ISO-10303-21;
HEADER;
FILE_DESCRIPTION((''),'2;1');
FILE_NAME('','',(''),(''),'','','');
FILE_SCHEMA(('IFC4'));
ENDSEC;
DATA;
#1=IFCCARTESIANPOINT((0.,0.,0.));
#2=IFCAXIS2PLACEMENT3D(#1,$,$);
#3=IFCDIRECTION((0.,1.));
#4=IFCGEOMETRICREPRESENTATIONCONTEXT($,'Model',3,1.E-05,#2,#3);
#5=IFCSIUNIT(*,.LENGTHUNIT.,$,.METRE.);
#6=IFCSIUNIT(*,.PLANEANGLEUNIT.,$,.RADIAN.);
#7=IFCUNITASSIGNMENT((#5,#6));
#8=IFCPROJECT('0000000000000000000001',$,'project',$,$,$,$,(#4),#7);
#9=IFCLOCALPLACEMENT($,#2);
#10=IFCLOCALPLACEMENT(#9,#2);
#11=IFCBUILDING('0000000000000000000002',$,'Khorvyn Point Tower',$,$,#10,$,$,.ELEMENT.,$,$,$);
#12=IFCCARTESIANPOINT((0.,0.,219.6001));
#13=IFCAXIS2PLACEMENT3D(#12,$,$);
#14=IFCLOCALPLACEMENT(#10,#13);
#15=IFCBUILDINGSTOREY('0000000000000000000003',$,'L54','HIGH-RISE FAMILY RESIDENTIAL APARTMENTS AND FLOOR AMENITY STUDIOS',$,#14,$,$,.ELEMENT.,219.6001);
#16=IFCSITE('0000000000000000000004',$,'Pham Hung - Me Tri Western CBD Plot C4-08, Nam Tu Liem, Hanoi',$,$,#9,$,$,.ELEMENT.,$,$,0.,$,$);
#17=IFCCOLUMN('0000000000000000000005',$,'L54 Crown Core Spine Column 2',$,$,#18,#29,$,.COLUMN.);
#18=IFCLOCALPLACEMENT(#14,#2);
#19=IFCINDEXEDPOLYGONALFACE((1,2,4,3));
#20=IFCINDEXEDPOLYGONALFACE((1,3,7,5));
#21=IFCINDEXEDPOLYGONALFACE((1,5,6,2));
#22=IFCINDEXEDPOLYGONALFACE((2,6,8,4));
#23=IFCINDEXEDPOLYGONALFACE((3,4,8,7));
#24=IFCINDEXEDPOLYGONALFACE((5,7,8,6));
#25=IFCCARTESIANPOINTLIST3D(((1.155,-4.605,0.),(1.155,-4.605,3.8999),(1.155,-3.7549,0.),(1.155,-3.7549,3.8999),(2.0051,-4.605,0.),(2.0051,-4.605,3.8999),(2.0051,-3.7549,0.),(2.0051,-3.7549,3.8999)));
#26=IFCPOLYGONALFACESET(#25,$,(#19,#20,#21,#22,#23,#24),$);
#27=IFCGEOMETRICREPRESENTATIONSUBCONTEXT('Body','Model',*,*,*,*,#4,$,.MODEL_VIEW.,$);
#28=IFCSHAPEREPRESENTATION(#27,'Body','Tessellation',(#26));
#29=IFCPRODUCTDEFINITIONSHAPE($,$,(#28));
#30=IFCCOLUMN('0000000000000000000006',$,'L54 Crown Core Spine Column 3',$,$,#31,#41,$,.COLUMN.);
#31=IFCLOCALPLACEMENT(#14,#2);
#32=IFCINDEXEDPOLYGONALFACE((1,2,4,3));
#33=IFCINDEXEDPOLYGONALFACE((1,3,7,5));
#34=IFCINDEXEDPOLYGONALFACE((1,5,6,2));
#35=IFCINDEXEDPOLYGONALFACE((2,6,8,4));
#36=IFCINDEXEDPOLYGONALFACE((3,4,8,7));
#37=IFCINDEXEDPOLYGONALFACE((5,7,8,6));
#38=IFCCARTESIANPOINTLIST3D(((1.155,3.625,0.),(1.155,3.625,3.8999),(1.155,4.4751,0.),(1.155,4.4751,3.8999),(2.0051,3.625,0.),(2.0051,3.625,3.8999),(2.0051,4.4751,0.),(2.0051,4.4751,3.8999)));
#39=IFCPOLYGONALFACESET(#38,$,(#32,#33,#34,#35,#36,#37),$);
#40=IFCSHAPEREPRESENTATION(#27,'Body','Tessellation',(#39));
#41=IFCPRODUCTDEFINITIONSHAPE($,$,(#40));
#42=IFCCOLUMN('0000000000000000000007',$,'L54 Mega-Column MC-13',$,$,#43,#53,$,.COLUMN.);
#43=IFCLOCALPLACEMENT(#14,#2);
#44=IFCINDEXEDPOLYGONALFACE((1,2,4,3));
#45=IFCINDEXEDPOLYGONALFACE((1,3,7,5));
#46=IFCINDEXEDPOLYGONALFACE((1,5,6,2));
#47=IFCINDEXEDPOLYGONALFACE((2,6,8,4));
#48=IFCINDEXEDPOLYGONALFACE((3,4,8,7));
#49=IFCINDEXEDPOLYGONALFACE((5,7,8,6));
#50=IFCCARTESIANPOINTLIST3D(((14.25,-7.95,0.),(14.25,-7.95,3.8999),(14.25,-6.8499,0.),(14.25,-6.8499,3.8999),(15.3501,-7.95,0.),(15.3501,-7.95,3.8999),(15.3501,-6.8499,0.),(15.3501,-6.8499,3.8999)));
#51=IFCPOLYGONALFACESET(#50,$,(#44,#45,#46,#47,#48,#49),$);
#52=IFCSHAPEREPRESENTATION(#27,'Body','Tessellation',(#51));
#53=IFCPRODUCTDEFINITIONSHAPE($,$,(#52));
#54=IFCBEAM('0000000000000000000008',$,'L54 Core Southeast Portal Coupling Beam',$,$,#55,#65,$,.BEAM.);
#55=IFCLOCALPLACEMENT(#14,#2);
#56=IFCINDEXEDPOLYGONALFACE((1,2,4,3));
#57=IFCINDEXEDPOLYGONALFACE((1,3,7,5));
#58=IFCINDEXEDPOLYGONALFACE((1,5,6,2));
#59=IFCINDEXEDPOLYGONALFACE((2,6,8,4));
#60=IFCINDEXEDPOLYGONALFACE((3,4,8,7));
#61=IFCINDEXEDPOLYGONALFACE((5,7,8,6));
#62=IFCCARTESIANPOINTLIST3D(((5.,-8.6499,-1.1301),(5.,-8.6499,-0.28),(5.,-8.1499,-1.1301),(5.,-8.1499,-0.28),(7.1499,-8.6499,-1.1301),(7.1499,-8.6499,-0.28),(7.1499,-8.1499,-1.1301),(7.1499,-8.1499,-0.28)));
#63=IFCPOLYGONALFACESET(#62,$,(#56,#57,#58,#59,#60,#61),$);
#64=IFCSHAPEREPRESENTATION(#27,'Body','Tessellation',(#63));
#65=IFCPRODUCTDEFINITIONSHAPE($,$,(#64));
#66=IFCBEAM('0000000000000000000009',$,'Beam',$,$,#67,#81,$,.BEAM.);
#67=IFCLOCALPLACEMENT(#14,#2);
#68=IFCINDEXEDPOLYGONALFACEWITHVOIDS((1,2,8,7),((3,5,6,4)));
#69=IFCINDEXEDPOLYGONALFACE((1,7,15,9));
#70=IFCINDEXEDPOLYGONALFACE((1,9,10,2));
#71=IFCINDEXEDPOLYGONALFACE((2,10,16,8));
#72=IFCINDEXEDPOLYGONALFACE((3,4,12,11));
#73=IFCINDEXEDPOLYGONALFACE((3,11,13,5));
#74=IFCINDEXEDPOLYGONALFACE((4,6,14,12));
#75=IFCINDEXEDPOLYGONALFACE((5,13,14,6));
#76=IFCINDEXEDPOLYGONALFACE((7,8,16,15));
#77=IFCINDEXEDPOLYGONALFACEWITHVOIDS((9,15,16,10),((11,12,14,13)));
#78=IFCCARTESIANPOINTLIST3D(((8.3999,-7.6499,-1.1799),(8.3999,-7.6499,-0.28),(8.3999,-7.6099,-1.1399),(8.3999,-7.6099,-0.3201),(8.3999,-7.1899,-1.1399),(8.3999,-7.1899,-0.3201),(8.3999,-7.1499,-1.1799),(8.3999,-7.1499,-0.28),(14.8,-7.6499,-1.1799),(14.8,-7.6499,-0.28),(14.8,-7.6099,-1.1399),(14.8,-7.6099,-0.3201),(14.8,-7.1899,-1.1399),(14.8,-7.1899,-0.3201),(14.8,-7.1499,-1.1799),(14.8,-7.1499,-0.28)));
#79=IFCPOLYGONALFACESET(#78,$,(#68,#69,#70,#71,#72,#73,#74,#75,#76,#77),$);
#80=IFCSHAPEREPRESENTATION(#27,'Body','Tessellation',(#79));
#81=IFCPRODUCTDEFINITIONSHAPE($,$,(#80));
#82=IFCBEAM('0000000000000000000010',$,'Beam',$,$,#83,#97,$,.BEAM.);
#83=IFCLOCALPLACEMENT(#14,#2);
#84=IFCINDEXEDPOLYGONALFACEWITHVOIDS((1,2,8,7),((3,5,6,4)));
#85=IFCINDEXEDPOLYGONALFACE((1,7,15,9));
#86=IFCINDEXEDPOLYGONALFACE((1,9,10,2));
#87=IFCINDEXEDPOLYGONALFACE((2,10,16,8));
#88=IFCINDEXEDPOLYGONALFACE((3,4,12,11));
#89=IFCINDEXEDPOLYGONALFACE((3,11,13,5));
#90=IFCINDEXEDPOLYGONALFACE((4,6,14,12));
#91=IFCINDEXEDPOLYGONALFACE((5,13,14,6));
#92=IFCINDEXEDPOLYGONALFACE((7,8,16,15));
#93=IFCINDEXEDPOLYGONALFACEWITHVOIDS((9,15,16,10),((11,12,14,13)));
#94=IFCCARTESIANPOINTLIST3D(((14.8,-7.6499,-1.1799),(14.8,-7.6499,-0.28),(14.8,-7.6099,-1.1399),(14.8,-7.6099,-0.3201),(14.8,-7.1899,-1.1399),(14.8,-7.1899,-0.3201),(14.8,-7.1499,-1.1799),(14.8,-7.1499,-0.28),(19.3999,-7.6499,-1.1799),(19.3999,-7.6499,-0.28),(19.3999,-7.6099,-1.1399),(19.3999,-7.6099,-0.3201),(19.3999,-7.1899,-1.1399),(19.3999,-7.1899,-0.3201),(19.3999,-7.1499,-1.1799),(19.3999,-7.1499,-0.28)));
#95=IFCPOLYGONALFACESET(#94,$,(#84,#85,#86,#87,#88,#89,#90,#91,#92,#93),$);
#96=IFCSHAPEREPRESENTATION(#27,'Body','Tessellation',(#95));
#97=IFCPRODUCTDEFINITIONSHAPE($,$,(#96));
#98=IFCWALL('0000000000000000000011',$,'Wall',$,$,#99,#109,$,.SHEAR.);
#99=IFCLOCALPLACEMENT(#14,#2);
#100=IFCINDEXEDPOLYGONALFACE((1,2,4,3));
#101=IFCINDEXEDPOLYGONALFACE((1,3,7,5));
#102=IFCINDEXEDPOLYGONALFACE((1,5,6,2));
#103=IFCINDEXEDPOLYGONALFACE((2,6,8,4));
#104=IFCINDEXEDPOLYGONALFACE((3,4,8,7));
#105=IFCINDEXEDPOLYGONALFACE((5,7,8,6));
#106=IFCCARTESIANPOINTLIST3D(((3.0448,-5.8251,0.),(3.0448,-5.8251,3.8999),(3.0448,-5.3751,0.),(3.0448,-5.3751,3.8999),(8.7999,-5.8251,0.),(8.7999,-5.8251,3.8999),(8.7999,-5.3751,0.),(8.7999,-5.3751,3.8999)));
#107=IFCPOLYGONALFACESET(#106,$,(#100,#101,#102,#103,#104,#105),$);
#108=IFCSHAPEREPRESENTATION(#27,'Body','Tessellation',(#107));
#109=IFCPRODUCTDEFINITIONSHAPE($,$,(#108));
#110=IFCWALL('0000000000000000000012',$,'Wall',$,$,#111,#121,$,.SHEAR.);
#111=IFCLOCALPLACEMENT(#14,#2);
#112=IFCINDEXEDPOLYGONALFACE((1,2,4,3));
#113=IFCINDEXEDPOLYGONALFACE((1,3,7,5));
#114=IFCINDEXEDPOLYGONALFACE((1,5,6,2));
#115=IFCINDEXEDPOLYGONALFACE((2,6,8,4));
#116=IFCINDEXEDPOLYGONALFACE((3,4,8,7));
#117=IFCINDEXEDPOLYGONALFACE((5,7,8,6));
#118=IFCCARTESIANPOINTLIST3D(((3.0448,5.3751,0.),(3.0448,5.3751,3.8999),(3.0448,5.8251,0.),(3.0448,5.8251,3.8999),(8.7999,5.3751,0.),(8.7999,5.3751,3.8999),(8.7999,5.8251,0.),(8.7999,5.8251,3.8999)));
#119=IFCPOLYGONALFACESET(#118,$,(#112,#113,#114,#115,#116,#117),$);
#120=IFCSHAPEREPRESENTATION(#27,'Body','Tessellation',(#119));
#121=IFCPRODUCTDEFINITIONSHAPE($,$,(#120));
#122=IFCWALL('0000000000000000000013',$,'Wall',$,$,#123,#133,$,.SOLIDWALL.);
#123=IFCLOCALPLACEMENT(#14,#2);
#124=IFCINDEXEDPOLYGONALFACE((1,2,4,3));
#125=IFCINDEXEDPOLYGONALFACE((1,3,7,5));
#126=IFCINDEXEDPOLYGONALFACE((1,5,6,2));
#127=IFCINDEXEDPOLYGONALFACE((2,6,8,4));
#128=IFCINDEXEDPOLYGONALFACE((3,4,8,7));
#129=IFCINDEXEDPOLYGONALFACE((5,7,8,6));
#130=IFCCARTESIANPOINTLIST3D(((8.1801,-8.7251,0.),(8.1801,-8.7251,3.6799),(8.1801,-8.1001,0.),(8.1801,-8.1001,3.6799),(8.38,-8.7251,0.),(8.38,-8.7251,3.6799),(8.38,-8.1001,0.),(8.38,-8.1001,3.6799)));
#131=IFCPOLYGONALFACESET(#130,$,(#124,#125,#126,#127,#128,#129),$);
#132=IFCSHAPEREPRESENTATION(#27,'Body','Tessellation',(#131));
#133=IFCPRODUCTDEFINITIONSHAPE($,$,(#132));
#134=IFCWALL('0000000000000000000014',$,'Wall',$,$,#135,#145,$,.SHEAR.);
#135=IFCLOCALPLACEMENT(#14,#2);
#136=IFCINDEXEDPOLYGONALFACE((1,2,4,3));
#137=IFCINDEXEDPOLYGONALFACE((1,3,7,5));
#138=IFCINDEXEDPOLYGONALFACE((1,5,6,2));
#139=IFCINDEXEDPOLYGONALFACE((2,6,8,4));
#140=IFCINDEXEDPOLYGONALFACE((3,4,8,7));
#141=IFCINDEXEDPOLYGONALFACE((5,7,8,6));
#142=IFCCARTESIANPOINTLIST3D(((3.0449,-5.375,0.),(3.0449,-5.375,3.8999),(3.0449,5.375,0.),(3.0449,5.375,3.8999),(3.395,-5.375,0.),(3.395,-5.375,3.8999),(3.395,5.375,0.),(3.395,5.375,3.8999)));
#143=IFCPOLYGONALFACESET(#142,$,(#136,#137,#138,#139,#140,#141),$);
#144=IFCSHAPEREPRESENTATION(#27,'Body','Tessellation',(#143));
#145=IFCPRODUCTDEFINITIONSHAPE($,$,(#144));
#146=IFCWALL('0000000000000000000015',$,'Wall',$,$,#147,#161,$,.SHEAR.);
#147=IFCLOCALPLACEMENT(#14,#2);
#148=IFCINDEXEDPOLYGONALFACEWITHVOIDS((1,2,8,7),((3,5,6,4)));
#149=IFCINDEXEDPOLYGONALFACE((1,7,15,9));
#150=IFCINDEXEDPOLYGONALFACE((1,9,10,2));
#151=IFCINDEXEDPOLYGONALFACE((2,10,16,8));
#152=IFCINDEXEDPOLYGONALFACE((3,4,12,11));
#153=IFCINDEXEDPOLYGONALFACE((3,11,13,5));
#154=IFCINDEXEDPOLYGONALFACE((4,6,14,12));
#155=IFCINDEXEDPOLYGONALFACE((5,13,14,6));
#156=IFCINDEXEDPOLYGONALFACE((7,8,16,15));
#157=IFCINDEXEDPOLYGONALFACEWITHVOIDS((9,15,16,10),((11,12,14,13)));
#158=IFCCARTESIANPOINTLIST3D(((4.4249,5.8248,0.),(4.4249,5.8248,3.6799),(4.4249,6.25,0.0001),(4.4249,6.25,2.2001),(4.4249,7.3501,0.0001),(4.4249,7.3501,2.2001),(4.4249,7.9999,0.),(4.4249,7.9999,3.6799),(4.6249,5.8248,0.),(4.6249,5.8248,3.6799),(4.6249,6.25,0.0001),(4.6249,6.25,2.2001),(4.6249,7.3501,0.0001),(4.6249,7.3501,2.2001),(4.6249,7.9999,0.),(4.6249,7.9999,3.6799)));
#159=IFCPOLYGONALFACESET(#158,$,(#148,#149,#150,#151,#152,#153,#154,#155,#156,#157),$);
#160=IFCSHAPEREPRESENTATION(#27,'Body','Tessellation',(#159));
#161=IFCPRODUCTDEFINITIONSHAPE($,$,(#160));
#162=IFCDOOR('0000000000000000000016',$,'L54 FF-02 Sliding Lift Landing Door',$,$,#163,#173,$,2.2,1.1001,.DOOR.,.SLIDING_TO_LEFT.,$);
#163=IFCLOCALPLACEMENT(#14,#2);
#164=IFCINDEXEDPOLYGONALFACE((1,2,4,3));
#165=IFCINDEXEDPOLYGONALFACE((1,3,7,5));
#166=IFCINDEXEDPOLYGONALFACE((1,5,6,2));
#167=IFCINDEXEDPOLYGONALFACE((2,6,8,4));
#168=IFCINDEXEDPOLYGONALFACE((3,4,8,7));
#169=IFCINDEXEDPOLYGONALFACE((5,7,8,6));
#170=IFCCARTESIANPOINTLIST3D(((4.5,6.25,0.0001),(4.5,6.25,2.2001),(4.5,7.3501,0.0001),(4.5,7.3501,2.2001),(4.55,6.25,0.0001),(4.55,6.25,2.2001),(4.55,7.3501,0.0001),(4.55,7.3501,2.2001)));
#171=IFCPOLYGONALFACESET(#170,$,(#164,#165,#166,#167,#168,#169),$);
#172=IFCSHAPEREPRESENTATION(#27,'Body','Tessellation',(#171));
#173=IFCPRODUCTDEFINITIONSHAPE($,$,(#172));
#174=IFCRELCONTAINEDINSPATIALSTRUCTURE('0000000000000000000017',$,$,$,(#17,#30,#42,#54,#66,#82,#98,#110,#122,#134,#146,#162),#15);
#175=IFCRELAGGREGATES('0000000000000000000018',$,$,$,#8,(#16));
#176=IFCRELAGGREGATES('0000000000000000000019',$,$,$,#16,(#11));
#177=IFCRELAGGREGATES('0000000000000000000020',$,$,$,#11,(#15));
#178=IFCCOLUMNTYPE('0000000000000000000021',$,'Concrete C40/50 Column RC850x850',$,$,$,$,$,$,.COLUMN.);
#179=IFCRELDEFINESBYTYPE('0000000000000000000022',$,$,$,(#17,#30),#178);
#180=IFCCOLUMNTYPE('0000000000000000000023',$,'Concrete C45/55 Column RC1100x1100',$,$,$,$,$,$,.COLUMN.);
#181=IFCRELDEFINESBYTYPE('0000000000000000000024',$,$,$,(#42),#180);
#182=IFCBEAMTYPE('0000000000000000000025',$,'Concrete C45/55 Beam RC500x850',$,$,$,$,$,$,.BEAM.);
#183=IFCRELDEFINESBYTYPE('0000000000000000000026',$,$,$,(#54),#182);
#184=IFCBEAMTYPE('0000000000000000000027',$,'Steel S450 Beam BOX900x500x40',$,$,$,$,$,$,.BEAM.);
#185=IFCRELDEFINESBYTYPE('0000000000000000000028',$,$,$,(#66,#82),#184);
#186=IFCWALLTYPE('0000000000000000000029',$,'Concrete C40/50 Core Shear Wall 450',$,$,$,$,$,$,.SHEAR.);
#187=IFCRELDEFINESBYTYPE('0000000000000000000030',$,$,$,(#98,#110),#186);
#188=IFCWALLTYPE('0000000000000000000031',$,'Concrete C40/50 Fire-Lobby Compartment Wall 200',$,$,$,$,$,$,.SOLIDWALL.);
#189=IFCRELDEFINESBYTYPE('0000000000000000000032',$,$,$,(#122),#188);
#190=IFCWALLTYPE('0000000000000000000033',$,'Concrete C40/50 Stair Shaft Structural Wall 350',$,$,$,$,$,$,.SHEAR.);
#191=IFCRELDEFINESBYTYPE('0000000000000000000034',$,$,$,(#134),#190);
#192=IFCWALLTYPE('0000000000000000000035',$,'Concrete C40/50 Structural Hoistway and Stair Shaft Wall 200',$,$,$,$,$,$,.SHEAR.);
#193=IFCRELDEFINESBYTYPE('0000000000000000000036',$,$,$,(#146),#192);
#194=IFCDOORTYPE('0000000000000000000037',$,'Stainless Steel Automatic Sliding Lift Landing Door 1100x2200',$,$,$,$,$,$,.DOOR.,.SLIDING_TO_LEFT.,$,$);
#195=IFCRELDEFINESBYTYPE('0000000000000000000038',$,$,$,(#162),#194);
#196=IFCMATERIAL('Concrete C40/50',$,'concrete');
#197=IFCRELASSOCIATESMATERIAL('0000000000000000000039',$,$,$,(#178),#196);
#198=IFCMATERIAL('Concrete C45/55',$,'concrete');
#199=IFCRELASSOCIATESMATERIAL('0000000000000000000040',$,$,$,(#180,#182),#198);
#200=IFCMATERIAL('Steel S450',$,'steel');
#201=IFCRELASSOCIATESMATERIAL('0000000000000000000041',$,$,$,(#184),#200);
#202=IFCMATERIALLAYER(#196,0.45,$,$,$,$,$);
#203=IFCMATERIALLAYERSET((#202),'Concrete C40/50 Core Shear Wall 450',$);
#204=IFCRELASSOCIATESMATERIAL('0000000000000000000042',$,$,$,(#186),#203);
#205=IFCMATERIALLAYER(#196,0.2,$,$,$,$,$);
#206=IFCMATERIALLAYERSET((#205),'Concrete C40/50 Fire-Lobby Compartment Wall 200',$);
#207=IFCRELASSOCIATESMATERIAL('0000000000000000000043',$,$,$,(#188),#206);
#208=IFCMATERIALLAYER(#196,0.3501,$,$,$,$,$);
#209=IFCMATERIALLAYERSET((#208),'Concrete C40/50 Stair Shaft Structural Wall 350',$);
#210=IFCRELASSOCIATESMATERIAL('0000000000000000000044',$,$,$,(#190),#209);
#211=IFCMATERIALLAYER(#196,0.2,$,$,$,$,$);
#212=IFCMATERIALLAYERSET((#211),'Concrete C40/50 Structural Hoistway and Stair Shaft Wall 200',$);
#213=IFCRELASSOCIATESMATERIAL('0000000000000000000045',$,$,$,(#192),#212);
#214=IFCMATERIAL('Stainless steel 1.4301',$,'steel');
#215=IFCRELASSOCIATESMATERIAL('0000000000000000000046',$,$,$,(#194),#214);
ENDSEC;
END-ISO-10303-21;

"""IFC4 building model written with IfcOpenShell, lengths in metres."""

from ifc_helpers import new_model, si_unit, direction, frame, frame_2d, origin, origin_2d, place, context, subcontext, project, spatial, rectangle, hollow_rectangle, extrude, material, layer, layer_set, material_profile, profile_set, type_object, element, fill, save


model = new_model("IFC4")

# Units and contexts
model_context = context("Model", 3, precision=1e-05, world=origin(), true_north=direction((0.0, 1.0)))
body_context = subcontext(model_context, "Body", "Model", "MODEL_VIEW")
ifc_project = project(units=[si_unit("LENGTHUNIT", "METRE"), si_unit("PLANEANGLEUNIT", "RADIAN")], contexts=[model_context])

# Site, building, storey
site_placement = place(None, origin())
site = spatial("IfcSite", under=ifc_project, at=site_placement, Name="Pham Hung - Me Tri Western CBD Plot C4-08, Nam Tu Liem, Hanoi", CompositionType="ELEMENT", RefElevation=0.0)
building_placement = place(site_placement, origin())
building = spatial("IfcBuilding", under=site, at=building_placement, Name="Khorvyn Point Tower", CompositionType="ELEMENT")
storey_placement = place(building_placement, frame((0.0, 0.0, 219.6001)))
storey = spatial("IfcBuildingStorey", under=building, at=storey_placement, Name="L54", Description="HIGH-RISE FAMILY RESIDENTIAL APARTMENTS AND FLOOR AMENITY STUDIOS", CompositionType="ELEMENT", Elevation=219.6001)

# Columns
ifc_material_1 = material(Name="Concrete C40/50", Category="concrete")
ifc_material_profile_1 = material_profile(ifc_material_1, rectangle(XDim=0.8501, YDim=0.8501, at=origin_2d()))
ifc_profile_set_1 = profile_set([ifc_material_profile_1], Name="Concrete C40/50 RC850x850")
column_type_1 = type_object("IfcColumnType", Name="Concrete C40/50 Column RC850x850", PredefinedType="COLUMN", material=ifc_profile_set_1)
for number, where, z_axis, x_axis, name in (
    (1, (1.5801, -4.1799, 0.0), (0.0, 0.0, 1.0), (1.0, 0.0, 0.0), "L54 Crown Core Spine Column 2"),
    (2, (1.5801, 4.05, 0.0), (0.0, 0.0, 1.0), (1.0, 0.0, 0.0), "L54 Crown Core Spine Column 3"),
):
    element("IfcColumn", number, at=place(storey_placement, frame(where, z_axis=z_axis, x_axis=x_axis)), inside=storey, type_object=column_type_1, Name=name, PredefinedType="COLUMN", context=body_context, shape_type="SweptSolid", body=[
        extrude(rectangle(XDim=0.8501, YDim=0.8501, at=origin_2d()), origin(), (0.0, 0.0, 1.0), 3.8999),
    ])
ifc_material_2 = material(Name="Concrete C45/55", Category="concrete")
ifc_material_profile_2 = material_profile(ifc_material_2, rectangle(XDim=1.1001, YDim=1.1001, at=origin_2d()))
ifc_profile_set_2 = profile_set([ifc_material_profile_2], Name="Concrete C45/55 RC1100x1100")
column_type_2 = type_object("IfcColumnType", Name="Concrete C45/55 Column RC1100x1100", PredefinedType="COLUMN", material=ifc_profile_set_2)
column_placement = place(storey_placement, frame((14.8, -7.3999, 0.0), z_axis=(0.0, 0.0, 1.0), x_axis=(1.0, 0.0, 0.0)))
element("IfcColumn", 3, at=column_placement, inside=storey, type_object=column_type_2, Name="L54 Mega-Column MC-13", PredefinedType="COLUMN", context=body_context, shape_type="SweptSolid", body=[
    extrude(rectangle(XDim=1.1001, YDim=1.1001, at=origin_2d()), origin(), (0.0, 0.0, 1.0), 3.8999),
])

# Beams
ifc_material_profile_3 = material_profile(ifc_material_2, rectangle(XDim=0.5, YDim=0.8501, at=origin_2d()))
ifc_profile_set_3 = profile_set([ifc_material_profile_3], Name="Concrete C45/55 RC500x850")
beam_type_1 = type_object("IfcBeamType", Name="Concrete C45/55 Beam RC500x850", PredefinedType="BEAM", material=ifc_profile_set_3)
beam_1_placement = place(storey_placement, frame((5.0, -8.3999, -0.7051), z_axis=(1.0, 0.0, 0.0), x_axis=(0.0, 1.0, 0.0)))
element("IfcBeam", 4, at=beam_1_placement, inside=storey, type_object=beam_type_1, Name="L54 Core Southeast Portal Coupling Beam", PredefinedType="BEAM", context=body_context, shape_type="SweptSolid", body=[
    extrude(rectangle(XDim=0.5, YDim=0.8501, at=origin_2d()), origin(), (0.0, 0.0, 1.0), 2.1499),
])
ifc_material_3 = material(Name="Steel S450", Category="steel")
ifc_material_profile_4 = material_profile(ifc_material_3, hollow_rectangle(XDim=0.5, YDim=0.8999, WallThickness=0.04, at=origin_2d()))
ifc_profile_set_4 = profile_set([ifc_material_profile_4], Name="Steel S450 BOX900x500x40")
beam_type_2 = type_object("IfcBeamType", Name="Steel S450 Beam BOX900x500x40", PredefinedType="BEAM", material=ifc_profile_set_4)
beam_2_placement = place(storey_placement, frame((8.3999, -7.3999, -0.73), z_axis=(1.0, 0.0, 0.0), x_axis=(0.0, 1.0, 0.0)))
element("IfcBeam", 5, at=beam_2_placement, inside=storey, type_object=beam_type_2, Name="Beam", PredefinedType="BEAM", context=body_context, shape_type="SweptSolid", body=[
    extrude(hollow_rectangle(XDim=0.5, YDim=0.8999, WallThickness=0.04, at=origin_2d()), origin(), (0.0, 0.0, 1.0), 6.4001),
])
beam_3_placement = place(storey_placement, frame((14.8, -7.3999, -0.73), z_axis=(1.0, 0.0, 0.0), x_axis=(0.0, 1.0, 0.0)))
element("IfcBeam", 6, at=beam_3_placement, inside=storey, type_object=beam_type_2, Name="Beam", PredefinedType="BEAM", context=body_context, shape_type="SweptSolid", body=[
    extrude(hollow_rectangle(XDim=0.5, YDim=0.8999, WallThickness=0.04, at=origin_2d()), origin(), (0.0, 0.0, 1.0), 4.5999),
])

# Walls
ifc_layer_1 = layer(ifc_material_1, 0.45)
ifc_layer_set_1 = layer_set([ifc_layer_1], Name="Concrete C40/50 Core Shear Wall 450")
wall_type_1 = type_object("IfcWallType", Name="Concrete C40/50 Core Shear Wall 450", PredefinedType="SHEAR", material=ifc_layer_set_1)
for number, where, z_axis, x_axis, name in (
    (7, (3.0449, -5.6001, 0.0), (0.0, 0.0, 1.0), (1.0, 0.0, 0.0), "Wall"),
    (8, (3.0449, 5.6001, 0.0), (0.0, 0.0, 1.0), (1.0, 0.0, 0.0), "Wall"),
):
    element("IfcWall", number, at=place(storey_placement, frame(where, z_axis=z_axis, x_axis=x_axis)), inside=storey, type_object=wall_type_1, Name=name, PredefinedType="SHEAR", context=body_context, shape_type="SweptSolid", body=[
        extrude(rectangle(XDim=5.7551, YDim=0.45, at=frame_2d((2.8774, 0.0))), origin(), (0.0, 0.0, 1.0), 3.8999),
    ])

# Shared definitions
ifc_layer_2 = layer(ifc_material_1, 0.2)
ifc_layer_set_2 = layer_set([ifc_layer_2], Name="Concrete C40/50 Fire-Lobby Compartment Wall 200")
wall_type_2 = type_object("IfcWallType", Name="Concrete C40/50 Fire-Lobby Compartment Wall 200", PredefinedType="SOLIDWALL", material=ifc_layer_set_2)

# Walls
wall_1_placement = place(storey_placement, frame((8.28, -8.7251, 0.0), z_axis=(0.0, 0.0, 1.0), x_axis=(0.0, 1.0, 0.0)))
element("IfcWall", 9, at=wall_1_placement, inside=storey, type_object=wall_type_2, Name="Wall", PredefinedType="SOLIDWALL", context=body_context, shape_type="SweptSolid", body=[
    extrude(rectangle(XDim=0.625, YDim=0.2, at=frame_2d((0.3125, 0.0))), origin(), (0.0, 0.0, 1.0), 3.6799),
])
ifc_layer_3 = layer(ifc_material_1, 0.3501)
ifc_layer_set_3 = layer_set([ifc_layer_3], Name="Concrete C40/50 Stair Shaft Structural Wall 350")
wall_type_3 = type_object("IfcWallType", Name="Concrete C40/50 Stair Shaft Structural Wall 350", PredefinedType="SHEAR", material=ifc_layer_set_3)
wall_2_placement = place(storey_placement, frame((3.22, -5.375, 0.0), z_axis=(0.0, 0.0, 1.0), x_axis=(0.0, 1.0, 0.0)))
element("IfcWall", 10, at=wall_2_placement, inside=storey, type_object=wall_type_3, Name="Wall", PredefinedType="SHEAR", context=body_context, shape_type="SweptSolid", body=[
    extrude(rectangle(XDim=10.75, YDim=0.3501, at=frame_2d((5.375, 0.0))), origin(), (0.0, 0.0, 1.0), 3.8999),
])

# Wall, opening, door
ifc_layer_4 = layer(ifc_material_1, 0.2)
ifc_layer_set_4 = layer_set([ifc_layer_4], Name="Concrete C40/50 Structural Hoistway and Stair Shaft Wall 200")
wall_type_4 = type_object("IfcWallType", Name="Concrete C40/50 Structural Hoistway and Stair Shaft Wall 200", PredefinedType="SHEAR", material=ifc_layer_set_4)
wall_3_placement = place(storey_placement, frame((4.5249, 5.825, 0.0), z_axis=(0.0, 0.0, 1.0), x_axis=(0.0, 1.0, 0.0)))
wall_3 = element("IfcWall", 11, at=wall_3_placement, inside=storey, type_object=wall_type_4, Name="Wall", PredefinedType="SHEAR", context=body_context, shape_type="SweptSolid", body=[
    extrude(rectangle(XDim=2.175, YDim=0.2, at=frame_2d((1.0874, 0.0))), origin(), (0.0, 0.0, 1.0), 3.6799),
])
opening_1_placement = place(wall_3_placement, frame((0.425, 0.0, 0.0)))
opening_1 = element("IfcOpeningElement", 12, at=opening_1_placement, cuts=wall_3, PredefinedType="OPENING", context=body_context, shape_type="SweptSolid", body=[
    extrude(rectangle(XDim=1.1001, YDim=2.2, at=frame_2d((0.55, 1.1001))), frame((0.0, 0.1099, 0.0), z_axis=(0.0, -1.0, 0.0), x_axis=(1.0, 0.0, 0.0)), (0.0, 0.0, 1.0), 0.22),
])
ifc_material_4 = material(Name="Stainless steel 1.4301", Category="steel")
door_type_1 = type_object("IfcDoorType", Name="Stainless Steel Automatic Sliding Lift Landing Door 1100x2200", OperationType="SLIDING_TO_LEFT", PredefinedType="DOOR", material=ifc_material_4)
door_1_placement = place(opening_1_placement, origin())
door_1 = element("IfcDoor", 13, at=door_1_placement, inside=storey, type_object=door_type_1, Name="L54 FF-02 Sliding Lift Landing Door", OperationType="SLIDING_TO_LEFT", OverallHeight=2.2, OverallWidth=1.1001, PredefinedType="DOOR", context=body_context, shape_type="SweptSolid", body=[
    extrude(rectangle(XDim=1.1001, YDim=2.2, at=frame_2d((0.55, 1.1001))), frame((0.0, 0.0249, 0.0), z_axis=(0.0, -1.0, 0.0), x_axis=(1.0, 0.0, 0.0)), (0.0, 0.0, 1.0), 0.05),
])
fill(opening_1, door_1)

save(model, "model.ifc")
